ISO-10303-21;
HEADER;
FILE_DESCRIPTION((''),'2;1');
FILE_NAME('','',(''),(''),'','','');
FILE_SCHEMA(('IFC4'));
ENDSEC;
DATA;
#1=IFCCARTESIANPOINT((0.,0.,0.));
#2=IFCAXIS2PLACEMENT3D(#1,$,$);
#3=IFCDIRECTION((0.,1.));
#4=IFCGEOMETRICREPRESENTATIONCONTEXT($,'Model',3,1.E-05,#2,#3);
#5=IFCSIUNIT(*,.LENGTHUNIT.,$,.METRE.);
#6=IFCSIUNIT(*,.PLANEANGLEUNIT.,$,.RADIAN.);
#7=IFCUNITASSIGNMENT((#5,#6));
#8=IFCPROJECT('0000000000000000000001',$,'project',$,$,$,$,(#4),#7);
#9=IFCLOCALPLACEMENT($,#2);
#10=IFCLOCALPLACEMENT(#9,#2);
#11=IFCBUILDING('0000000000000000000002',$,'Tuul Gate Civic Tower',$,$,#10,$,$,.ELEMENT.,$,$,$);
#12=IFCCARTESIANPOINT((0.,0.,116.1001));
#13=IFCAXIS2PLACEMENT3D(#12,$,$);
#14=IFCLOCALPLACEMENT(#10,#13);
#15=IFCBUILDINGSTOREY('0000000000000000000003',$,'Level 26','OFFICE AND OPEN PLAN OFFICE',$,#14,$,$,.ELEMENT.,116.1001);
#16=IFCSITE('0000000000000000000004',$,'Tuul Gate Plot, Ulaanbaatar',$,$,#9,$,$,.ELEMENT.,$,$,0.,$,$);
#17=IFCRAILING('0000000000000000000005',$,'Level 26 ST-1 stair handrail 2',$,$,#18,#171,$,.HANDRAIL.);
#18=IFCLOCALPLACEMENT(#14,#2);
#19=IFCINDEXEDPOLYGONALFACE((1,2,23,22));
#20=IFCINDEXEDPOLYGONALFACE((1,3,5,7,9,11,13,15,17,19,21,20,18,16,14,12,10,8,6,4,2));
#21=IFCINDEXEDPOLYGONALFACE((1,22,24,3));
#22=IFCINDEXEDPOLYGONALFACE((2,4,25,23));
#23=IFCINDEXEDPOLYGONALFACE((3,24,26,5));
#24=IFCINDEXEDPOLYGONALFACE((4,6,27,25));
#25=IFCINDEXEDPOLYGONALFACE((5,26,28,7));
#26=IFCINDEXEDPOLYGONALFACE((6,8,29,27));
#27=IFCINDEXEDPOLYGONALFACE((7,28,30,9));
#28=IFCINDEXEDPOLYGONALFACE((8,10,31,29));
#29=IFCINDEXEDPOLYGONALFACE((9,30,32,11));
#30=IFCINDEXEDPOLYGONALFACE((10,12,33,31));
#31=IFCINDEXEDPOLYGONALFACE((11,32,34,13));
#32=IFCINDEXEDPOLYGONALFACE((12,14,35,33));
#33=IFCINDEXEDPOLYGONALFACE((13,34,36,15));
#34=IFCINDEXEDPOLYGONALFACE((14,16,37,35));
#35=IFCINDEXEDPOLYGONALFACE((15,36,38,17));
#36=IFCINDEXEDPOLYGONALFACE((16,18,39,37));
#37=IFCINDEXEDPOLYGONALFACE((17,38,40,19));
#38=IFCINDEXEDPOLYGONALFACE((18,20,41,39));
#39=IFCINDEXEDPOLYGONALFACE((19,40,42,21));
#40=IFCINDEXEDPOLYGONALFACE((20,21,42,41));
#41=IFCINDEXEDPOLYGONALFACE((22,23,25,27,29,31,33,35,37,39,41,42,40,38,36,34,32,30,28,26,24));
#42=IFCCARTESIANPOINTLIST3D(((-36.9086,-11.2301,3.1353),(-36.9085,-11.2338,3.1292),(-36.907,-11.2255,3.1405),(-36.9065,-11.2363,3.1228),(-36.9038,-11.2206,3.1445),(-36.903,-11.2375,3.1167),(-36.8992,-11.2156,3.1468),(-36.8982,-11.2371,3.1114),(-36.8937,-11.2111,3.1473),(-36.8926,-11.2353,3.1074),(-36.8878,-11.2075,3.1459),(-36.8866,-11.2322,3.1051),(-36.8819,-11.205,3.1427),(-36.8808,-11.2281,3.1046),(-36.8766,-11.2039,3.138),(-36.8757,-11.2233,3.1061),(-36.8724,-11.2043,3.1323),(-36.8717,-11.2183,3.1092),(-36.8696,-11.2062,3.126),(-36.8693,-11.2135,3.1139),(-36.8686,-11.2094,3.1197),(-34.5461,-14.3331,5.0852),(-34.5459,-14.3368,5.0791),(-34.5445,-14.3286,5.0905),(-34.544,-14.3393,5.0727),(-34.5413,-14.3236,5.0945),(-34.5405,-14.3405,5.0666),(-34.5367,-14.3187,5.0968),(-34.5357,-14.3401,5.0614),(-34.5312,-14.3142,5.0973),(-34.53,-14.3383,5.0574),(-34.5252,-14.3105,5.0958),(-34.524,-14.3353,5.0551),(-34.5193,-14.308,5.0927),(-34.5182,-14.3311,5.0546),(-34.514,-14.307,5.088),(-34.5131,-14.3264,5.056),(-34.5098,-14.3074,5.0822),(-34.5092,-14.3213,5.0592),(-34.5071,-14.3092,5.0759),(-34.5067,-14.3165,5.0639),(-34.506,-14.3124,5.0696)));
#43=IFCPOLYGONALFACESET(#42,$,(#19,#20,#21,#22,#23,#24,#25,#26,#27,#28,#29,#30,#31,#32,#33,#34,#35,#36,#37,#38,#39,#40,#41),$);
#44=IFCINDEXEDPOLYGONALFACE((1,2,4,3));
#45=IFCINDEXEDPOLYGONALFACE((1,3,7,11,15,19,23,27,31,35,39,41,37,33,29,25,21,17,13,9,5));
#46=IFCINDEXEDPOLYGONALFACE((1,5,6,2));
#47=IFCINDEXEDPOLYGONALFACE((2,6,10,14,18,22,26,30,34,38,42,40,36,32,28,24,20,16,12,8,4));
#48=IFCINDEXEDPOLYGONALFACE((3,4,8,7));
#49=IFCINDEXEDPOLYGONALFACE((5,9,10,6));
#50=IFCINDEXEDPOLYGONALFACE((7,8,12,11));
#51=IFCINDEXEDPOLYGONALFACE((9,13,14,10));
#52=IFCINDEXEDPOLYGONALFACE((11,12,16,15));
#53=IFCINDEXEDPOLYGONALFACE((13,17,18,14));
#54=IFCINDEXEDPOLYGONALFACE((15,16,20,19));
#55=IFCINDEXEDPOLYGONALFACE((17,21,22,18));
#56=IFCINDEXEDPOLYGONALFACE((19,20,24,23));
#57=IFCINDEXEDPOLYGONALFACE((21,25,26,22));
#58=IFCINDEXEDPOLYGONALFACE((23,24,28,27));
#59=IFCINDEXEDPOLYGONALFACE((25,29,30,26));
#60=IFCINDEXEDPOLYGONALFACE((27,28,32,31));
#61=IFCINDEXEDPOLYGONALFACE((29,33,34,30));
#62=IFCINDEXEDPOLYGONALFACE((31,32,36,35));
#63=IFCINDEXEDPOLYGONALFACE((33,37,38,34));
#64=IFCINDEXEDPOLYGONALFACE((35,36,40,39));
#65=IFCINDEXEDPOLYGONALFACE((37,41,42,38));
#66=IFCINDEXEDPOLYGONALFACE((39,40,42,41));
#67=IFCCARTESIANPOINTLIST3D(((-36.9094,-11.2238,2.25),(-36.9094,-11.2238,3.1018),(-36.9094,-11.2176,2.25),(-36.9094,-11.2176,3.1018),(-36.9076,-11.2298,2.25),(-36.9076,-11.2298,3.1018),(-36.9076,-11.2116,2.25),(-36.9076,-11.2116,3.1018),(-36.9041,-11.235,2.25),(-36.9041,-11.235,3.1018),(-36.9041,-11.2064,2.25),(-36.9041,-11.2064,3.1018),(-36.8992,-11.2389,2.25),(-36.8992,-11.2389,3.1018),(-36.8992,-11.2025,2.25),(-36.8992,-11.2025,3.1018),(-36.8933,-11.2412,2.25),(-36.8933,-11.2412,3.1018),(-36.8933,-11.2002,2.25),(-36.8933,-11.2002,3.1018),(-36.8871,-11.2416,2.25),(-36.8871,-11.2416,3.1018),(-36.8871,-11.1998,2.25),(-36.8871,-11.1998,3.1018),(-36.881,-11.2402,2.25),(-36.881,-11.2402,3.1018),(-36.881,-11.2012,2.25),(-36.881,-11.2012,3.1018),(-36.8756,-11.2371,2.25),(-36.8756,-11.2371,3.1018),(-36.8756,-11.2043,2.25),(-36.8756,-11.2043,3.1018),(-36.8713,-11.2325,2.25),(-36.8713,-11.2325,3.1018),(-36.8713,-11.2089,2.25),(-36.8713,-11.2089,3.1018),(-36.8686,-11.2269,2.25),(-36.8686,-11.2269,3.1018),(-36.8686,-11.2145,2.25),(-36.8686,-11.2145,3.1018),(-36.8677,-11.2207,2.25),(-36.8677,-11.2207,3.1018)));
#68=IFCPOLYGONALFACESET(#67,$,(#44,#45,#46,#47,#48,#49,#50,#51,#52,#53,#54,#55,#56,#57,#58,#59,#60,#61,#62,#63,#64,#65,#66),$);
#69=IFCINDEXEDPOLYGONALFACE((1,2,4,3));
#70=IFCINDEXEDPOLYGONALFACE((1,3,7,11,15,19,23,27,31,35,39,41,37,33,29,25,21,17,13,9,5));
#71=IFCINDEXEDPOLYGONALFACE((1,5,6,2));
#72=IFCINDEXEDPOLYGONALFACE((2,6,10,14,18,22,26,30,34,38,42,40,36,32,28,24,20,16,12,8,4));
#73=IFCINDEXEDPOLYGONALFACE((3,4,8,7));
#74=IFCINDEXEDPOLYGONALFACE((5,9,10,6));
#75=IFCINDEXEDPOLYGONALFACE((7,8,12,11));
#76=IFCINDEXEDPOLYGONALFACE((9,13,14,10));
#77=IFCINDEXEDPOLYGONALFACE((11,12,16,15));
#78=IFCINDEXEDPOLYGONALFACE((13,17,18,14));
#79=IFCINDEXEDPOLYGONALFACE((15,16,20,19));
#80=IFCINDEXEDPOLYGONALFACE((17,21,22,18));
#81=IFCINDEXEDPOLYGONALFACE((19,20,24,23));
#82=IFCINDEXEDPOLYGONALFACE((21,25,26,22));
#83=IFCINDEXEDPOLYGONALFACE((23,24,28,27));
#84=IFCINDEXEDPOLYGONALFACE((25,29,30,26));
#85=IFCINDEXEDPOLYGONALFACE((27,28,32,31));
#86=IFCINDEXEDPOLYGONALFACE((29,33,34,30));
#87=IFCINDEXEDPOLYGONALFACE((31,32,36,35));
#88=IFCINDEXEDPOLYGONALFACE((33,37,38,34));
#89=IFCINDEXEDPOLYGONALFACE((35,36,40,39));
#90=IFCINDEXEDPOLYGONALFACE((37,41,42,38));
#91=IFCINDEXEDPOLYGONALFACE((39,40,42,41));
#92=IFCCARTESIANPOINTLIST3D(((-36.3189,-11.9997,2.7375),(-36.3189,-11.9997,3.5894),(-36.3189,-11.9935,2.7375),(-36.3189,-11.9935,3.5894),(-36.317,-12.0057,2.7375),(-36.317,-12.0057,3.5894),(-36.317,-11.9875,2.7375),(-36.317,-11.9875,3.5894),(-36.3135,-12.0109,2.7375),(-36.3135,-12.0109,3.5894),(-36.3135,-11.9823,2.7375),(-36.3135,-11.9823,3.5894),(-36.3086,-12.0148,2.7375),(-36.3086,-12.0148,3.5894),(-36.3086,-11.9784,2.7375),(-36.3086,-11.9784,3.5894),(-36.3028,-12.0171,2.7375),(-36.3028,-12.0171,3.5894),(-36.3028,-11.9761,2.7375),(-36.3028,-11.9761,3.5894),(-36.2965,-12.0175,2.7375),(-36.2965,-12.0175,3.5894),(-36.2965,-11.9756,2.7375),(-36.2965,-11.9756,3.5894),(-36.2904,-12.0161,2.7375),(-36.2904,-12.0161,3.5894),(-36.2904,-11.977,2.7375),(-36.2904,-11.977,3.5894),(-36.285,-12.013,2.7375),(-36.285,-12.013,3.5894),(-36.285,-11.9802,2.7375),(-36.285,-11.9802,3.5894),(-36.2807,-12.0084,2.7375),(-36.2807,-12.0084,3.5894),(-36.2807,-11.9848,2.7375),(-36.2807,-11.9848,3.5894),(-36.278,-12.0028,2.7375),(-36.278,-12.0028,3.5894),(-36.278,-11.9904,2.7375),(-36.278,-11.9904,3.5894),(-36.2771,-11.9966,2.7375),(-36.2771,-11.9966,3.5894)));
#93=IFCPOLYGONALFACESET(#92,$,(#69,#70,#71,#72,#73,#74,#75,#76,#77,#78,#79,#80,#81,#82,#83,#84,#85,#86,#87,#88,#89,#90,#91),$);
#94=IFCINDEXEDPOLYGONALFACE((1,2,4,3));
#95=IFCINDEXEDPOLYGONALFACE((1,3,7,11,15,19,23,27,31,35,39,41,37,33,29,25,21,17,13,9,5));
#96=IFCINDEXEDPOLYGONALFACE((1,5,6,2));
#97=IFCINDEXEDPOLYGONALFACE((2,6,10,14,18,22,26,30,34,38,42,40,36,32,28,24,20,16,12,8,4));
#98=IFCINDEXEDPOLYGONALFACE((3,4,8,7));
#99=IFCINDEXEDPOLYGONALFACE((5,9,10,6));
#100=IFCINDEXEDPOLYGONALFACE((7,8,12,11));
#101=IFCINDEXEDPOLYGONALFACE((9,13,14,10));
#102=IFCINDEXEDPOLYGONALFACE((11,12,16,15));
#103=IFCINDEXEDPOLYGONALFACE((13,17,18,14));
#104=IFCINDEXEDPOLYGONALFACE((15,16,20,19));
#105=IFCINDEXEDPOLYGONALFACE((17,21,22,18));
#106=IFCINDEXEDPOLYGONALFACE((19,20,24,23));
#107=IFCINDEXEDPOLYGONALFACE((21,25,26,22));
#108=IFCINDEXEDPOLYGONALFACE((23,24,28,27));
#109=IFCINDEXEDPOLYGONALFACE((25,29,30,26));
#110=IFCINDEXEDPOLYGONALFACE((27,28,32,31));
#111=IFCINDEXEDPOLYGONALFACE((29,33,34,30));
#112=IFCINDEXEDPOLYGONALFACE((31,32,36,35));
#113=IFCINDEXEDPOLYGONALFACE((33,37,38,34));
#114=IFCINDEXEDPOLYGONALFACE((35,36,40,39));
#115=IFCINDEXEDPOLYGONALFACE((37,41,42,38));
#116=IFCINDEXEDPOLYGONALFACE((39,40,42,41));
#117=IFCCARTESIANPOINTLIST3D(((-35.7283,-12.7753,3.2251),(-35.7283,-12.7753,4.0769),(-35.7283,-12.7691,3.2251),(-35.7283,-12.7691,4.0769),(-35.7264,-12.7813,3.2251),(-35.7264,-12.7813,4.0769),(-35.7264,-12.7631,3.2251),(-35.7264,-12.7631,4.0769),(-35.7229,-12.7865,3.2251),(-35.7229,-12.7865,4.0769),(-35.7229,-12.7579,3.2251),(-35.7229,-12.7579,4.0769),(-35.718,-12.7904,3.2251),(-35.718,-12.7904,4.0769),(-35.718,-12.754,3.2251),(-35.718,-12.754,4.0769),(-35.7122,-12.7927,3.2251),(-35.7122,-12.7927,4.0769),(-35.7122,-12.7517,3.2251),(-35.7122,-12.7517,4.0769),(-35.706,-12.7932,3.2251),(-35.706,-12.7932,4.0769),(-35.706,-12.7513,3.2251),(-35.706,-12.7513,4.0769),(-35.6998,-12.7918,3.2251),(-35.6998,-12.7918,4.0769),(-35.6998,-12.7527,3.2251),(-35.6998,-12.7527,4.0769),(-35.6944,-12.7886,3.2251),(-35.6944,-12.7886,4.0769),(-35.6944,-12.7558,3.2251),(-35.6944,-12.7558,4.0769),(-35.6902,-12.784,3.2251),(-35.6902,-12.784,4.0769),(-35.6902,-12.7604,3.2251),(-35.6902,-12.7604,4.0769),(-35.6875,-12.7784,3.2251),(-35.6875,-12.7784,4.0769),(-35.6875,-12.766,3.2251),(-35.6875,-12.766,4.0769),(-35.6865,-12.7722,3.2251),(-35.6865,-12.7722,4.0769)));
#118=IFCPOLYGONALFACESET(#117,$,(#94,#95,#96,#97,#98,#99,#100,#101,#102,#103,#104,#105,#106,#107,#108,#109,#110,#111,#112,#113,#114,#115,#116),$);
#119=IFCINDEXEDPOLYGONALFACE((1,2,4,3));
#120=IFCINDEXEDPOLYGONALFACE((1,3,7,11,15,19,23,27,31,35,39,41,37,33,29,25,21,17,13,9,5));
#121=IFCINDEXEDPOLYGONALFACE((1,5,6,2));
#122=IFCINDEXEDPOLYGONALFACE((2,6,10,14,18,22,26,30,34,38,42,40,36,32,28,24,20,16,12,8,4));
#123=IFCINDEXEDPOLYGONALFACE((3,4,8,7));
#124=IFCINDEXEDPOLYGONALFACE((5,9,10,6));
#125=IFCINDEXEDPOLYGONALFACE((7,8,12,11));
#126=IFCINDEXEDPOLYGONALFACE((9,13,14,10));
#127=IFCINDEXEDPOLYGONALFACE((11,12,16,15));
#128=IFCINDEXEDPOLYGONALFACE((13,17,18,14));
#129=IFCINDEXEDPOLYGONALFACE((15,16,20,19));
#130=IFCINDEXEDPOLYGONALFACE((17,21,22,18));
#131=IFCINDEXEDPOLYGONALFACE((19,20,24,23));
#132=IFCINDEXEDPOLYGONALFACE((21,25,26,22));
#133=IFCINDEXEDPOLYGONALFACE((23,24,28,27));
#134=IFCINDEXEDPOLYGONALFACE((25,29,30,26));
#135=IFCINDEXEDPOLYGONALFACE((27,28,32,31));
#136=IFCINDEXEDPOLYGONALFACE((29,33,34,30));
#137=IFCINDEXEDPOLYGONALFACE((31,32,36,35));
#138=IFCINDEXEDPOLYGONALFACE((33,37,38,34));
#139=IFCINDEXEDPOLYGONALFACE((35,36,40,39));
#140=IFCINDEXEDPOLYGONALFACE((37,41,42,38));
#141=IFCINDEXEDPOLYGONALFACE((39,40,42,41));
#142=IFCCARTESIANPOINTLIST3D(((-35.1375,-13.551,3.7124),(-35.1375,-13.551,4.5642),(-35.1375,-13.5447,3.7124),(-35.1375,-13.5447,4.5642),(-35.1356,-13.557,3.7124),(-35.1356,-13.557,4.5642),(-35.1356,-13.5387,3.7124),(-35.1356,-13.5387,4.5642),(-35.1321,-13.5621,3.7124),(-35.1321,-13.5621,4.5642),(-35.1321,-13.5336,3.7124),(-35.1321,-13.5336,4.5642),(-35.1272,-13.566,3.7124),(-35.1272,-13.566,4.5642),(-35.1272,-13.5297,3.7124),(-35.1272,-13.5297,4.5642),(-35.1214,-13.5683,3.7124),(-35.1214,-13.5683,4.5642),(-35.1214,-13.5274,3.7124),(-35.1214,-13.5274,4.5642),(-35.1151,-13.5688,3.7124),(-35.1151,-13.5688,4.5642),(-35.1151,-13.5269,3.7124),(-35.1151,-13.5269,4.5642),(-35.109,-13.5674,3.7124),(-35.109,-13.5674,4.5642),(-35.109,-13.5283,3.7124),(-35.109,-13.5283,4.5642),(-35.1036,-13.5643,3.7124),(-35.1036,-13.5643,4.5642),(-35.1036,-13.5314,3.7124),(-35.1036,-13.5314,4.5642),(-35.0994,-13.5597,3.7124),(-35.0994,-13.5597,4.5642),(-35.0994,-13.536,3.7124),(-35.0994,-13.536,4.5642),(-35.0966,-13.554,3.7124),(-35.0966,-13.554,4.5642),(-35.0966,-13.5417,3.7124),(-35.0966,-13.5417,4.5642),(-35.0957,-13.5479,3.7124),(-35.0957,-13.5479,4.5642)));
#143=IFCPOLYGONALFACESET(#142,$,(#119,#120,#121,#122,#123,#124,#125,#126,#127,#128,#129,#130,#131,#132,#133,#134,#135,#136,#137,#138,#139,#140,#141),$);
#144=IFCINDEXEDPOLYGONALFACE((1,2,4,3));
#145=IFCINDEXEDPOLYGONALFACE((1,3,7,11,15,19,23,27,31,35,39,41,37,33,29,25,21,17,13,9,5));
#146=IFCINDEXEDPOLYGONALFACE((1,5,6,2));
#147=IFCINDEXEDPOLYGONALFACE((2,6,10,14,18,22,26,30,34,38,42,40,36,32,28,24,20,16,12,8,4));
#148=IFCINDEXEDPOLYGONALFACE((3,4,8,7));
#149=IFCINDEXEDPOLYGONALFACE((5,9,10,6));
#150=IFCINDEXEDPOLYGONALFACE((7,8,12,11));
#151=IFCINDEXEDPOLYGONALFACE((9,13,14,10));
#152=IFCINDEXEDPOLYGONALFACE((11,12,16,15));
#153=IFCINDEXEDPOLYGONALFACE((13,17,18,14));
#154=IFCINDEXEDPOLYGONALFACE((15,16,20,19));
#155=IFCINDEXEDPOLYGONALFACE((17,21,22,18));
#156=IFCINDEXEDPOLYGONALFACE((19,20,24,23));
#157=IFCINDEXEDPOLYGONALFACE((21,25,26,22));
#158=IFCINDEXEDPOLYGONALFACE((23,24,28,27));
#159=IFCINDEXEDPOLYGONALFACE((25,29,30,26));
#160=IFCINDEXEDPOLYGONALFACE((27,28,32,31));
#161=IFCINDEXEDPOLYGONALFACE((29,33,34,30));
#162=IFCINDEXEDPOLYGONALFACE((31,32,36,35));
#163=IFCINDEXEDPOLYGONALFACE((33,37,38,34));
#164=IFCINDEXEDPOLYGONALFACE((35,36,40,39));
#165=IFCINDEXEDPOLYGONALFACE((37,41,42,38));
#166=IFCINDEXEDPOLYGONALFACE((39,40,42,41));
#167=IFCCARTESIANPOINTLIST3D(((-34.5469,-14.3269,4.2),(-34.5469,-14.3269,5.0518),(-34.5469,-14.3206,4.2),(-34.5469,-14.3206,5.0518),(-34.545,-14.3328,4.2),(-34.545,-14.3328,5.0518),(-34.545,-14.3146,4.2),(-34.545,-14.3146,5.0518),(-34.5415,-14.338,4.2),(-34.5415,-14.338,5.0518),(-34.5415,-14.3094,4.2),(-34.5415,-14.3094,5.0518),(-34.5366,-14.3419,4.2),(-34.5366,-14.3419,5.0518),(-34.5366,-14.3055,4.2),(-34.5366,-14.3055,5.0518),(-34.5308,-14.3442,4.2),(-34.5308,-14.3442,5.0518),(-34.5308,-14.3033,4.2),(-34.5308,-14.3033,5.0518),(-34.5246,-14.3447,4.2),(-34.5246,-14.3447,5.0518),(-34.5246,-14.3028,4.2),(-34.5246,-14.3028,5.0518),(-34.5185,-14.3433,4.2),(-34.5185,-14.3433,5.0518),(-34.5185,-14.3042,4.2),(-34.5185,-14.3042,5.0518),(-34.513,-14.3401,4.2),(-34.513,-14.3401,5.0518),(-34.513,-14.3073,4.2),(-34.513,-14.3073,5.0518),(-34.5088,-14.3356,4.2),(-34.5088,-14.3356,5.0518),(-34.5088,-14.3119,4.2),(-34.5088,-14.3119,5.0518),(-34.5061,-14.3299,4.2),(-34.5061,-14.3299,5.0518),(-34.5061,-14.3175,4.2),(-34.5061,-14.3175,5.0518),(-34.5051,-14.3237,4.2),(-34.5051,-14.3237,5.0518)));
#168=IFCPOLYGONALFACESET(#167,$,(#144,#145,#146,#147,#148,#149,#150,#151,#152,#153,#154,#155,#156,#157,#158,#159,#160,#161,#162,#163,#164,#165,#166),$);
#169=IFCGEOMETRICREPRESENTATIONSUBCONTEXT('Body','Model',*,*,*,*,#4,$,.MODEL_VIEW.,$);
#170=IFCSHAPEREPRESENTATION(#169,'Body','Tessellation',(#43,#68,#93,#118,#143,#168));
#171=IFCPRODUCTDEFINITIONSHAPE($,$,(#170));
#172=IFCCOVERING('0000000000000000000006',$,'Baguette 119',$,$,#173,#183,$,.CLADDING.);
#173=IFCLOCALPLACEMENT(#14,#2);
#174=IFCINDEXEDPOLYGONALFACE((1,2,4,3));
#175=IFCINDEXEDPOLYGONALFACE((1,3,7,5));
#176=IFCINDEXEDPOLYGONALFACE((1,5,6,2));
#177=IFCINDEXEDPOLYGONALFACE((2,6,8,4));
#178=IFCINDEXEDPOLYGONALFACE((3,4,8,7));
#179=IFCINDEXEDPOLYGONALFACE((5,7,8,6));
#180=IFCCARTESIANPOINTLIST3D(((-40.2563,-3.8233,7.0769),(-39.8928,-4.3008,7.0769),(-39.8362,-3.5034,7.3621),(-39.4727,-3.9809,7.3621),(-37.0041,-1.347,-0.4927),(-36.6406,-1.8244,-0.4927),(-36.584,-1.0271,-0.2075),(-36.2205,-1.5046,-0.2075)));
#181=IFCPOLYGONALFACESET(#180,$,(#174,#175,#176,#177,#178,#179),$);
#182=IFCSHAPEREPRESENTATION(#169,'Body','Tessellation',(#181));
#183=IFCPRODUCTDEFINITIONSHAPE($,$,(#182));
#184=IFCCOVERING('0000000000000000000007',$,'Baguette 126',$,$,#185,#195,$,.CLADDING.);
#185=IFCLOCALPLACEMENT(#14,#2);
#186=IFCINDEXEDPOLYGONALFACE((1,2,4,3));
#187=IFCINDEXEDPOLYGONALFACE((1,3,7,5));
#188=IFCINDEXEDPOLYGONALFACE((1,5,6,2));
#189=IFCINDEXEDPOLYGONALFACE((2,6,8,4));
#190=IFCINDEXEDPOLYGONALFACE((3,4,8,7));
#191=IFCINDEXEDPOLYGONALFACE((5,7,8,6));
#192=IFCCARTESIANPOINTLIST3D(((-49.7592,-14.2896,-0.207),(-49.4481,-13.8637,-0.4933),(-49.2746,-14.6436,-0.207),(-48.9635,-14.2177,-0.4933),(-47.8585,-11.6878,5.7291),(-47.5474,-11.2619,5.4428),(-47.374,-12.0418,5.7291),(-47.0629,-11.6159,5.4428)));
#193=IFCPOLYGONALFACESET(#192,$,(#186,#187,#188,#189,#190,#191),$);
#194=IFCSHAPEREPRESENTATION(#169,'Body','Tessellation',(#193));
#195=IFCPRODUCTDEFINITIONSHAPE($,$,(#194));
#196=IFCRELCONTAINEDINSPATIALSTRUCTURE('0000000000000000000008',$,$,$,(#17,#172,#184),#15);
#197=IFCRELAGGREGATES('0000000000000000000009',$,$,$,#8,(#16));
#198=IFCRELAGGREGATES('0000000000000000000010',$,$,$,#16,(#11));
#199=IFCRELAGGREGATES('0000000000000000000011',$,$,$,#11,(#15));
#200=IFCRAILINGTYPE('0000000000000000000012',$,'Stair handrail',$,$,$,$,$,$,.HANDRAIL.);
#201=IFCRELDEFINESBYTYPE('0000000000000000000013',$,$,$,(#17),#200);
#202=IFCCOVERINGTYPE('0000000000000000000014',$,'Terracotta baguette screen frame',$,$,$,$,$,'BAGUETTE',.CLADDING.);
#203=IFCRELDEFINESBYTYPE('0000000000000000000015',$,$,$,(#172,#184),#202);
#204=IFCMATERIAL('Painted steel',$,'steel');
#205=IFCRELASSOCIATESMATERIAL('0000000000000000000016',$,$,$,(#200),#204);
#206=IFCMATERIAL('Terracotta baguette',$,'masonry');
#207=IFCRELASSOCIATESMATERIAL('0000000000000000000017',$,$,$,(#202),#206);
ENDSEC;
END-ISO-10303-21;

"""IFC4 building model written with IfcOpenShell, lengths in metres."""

from ifc_helpers import new_model, si_unit, direction, frame, origin, origin_2d, place, context, subcontext, project, spatial, rectangle, circle, extrude, material, material_profile, profile_set, type_object, element, save


model = new_model("IFC4")

# Units and contexts
model_context = context("Model", 3, precision=1e-05, world=origin(), true_north=direction((0.0, 1.0)))
body_context = subcontext(model_context, "Body", "Model", "MODEL_VIEW")
ifc_project = project(units=[si_unit("LENGTHUNIT", "METRE"), si_unit("PLANEANGLEUNIT", "RADIAN")], contexts=[model_context])

# Site, building, storey
site_placement = place(None, origin())
site = spatial("IfcSite", under=ifc_project, at=site_placement, Name="Tuul Gate Plot, Ulaanbaatar", CompositionType="ELEMENT", RefElevation=0.0)
building_placement = place(site_placement, origin())
building = spatial("IfcBuilding", under=site, at=building_placement, Name="Tuul Gate Civic Tower", CompositionType="ELEMENT")
storey_placement = place(building_placement, frame((0.0, 0.0, 116.1001)))
storey = spatial("IfcBuildingStorey", under=building, at=storey_placement, Name="Level 26", Description="OFFICE AND OPEN PLAN OFFICE", CompositionType="ELEMENT", Elevation=116.1001)

# Railing
ifc_material_1 = material(Name="Painted steel", Category="steel")
railing_type = type_object("IfcRailingType", Name="Stair handrail", PredefinedType="HANDRAIL", material=ifc_material_1)
railing_placement = place(storey_placement, frame((-36.8887, -11.2207, 2.25)))
element("IfcRailing", 1, at=railing_placement, inside=storey, type_object=railing_type, Name="Level 26 ST-1 stair handrail 2", PredefinedType="HANDRAIL", context=body_context, shape_type="SweptSolid", body=[
    extrude(circle(Radius=0.0239, at=origin_2d()), frame((0.0, 0.0, 0.876), z_axis=(0.541824, -0.711645, 0.4472), x_axis=(0.795637, 0.605773, 0.0)), (0.0, 0.0, 1.0), 4.3604),
    extrude(circle(Radius=0.021, at=origin_2d()), origin(), (0.0, 0.0, 1.0), 0.8518),
    extrude(circle(Radius=0.021, at=origin_2d()), frame((0.5906, -0.7759, 0.4875)), (0.0, 0.0, 1.0), 0.8518),
    extrude(circle(Radius=0.021, at=origin_2d()), frame((1.1812, -1.5515, 0.9751)), (0.0, 0.0, 1.0), 0.8518),
    extrude(circle(Radius=0.021, at=origin_2d()), frame((1.772, -2.3271, 1.4624)), (0.0, 0.0, 1.0), 0.8518),
    extrude(circle(Radius=0.021, at=origin_2d()), frame((2.3625, -3.103, 1.95)), (0.0, 0.0, 1.0), 0.8518),
])

# Coverings
ifc_material_2 = material(Name="Terracotta baguette", Category="masonry")
ifc_material_profile_1 = material_profile(ifc_material_2, rectangle(XDim=0.6001, YDim=0.6001, at=origin_2d()), Name="Terracotta baguette screen frame")
ifc_profile_set_1 = profile_set([ifc_material_profile_1], Name="Terracotta baguette")
covering_type = type_object("IfcCoveringType", Name="Terracotta baguette screen frame", ElementType="BAGUETTE", PredefinedType="CLADDING", material=ifc_profile_set_1)
covering_1_placement = place(storey_placement, frame((-39.8645, -3.9021, 7.2195), z_axis=(0.378041, 0.287852, -0.879901), x_axis=(-0.605804, 0.795614, 0.0)))
element("IfcCovering", 2, at=covering_1_placement, inside=storey, type_object=covering_type, Name="Baguette 119", PredefinedType="CLADDING", context=body_context, shape_type="SweptSolid", body=[
    extrude(rectangle(XDim=0.6001, YDim=0.6001, at=origin_2d()), origin(), (0.0, 0.0, 1.0), 8.6028),
])
covering_2_placement = place(storey_placement, frame((-47.4607, -11.6519, 5.5859), z_axis=(-0.281403, -0.385217, -0.878874), x_axis=(0.807492, -0.589878, 0.0)))
element("IfcCovering", 3, at=covering_2_placement, inside=storey, type_object=covering_type, Name="Baguette 126", PredefinedType="CLADDING", context=body_context, shape_type="SweptSolid", body=[
    extrude(rectangle(XDim=0.6001, YDim=0.6001, at=origin_2d()), origin(), (0.0, 0.0, 1.0), 6.7542),
])

save(model, "model.ifc")
